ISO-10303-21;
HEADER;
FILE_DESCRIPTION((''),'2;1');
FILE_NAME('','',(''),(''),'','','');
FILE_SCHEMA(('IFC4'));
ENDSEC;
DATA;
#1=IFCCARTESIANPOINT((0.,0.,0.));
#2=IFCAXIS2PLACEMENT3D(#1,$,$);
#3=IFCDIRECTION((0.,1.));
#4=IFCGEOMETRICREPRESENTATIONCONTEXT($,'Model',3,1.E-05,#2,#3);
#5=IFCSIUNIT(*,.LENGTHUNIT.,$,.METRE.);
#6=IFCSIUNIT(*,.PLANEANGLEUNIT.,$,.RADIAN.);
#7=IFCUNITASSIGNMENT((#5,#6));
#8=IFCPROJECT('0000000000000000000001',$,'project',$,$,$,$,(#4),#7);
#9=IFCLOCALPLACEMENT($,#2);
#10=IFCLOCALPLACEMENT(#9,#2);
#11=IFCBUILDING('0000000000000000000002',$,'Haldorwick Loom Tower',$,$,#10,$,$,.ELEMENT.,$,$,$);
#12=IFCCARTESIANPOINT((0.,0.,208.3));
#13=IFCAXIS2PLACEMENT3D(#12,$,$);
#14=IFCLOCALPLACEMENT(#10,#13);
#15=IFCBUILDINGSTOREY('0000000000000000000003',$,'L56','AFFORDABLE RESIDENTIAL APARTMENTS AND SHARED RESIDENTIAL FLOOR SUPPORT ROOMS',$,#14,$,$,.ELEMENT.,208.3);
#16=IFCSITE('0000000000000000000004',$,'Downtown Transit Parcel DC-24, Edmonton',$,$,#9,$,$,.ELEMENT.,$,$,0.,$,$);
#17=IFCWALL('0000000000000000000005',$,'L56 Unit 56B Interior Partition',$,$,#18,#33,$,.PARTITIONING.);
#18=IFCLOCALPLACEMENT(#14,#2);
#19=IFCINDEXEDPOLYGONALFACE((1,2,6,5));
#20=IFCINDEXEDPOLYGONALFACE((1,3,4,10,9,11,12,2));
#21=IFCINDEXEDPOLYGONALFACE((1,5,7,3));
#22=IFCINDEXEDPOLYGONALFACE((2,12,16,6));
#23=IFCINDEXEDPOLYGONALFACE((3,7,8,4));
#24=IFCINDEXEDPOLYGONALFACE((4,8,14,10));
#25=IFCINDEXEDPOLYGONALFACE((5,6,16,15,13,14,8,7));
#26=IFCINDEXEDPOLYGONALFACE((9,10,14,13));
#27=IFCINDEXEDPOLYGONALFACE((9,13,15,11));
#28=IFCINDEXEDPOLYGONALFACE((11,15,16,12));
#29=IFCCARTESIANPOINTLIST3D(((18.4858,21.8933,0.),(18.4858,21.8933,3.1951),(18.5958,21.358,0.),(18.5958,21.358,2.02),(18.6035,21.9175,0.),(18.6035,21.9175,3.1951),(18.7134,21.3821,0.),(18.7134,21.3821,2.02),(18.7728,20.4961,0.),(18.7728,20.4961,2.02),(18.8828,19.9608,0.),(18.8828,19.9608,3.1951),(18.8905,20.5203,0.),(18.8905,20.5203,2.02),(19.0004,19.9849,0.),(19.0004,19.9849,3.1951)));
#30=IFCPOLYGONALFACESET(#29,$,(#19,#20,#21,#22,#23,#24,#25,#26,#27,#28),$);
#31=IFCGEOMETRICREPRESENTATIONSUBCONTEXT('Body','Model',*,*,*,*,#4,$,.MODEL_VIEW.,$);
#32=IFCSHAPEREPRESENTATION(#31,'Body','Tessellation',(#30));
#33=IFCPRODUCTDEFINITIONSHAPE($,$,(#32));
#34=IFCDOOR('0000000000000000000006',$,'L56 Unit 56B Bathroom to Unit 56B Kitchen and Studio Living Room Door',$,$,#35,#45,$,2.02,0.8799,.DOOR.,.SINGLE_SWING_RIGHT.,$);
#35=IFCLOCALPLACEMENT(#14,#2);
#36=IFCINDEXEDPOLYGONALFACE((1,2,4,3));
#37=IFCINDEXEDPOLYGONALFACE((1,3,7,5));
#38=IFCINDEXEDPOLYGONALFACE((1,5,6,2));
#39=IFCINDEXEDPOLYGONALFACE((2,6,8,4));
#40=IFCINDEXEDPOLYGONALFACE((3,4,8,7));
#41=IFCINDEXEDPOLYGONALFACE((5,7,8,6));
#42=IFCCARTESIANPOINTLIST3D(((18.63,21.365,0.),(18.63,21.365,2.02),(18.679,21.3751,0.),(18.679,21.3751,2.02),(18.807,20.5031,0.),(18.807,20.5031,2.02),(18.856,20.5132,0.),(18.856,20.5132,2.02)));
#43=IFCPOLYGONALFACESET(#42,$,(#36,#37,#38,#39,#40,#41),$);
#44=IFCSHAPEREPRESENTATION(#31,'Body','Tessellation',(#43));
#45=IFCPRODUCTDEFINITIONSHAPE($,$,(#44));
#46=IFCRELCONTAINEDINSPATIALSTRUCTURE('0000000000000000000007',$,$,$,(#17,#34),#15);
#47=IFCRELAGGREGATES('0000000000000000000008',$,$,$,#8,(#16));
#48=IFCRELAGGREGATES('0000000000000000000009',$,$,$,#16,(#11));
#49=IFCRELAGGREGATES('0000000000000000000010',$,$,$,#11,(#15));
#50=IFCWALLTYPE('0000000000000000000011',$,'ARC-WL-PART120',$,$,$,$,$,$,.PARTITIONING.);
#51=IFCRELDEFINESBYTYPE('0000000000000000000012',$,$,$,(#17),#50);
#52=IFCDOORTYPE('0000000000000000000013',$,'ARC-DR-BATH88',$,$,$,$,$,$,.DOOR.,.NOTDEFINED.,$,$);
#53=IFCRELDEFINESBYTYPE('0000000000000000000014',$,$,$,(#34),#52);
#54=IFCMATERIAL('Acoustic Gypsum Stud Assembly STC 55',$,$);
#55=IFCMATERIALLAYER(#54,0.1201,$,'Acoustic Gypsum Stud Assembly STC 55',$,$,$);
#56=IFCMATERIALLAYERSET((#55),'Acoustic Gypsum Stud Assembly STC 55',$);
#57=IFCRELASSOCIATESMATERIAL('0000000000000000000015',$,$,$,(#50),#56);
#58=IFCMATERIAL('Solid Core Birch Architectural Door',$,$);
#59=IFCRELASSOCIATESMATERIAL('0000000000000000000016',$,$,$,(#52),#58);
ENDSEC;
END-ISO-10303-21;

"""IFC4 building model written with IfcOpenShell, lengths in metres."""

from ifc_helpers import new_model, si_unit, direction, frame, frame_2d, origin, place, context, subcontext, project, spatial, rectangle, extrude, material, layer, layer_set, type_object, element, fill, save


model = new_model("IFC4")

# Units and contexts
model_context = context("Model", 3, precision=1e-05, world=origin(), true_north=direction((0.0, 1.0)))
body_context = subcontext(model_context, "Body", "Model", "MODEL_VIEW")
ifc_project = project(units=[si_unit("LENGTHUNIT", "METRE"), si_unit("PLANEANGLEUNIT", "RADIAN")], contexts=[model_context])

# Site, building, storey
site_placement = place(None, origin())
site = spatial("IfcSite", under=ifc_project, at=site_placement, Name="Downtown Transit Parcel DC-24, Edmonton", CompositionType="ELEMENT", RefElevation=0.0)
building_placement = place(site_placement, origin())
building = spatial("IfcBuilding", under=site, at=building_placement, Name="Haldorwick Loom Tower", CompositionType="ELEMENT")
storey_placement = place(building_placement, frame((0.0, 0.0, 208.3)))
storey = spatial("IfcBuildingStorey", under=building, at=storey_placement, Name="L56", Description="AFFORDABLE RESIDENTIAL APARTMENTS AND SHARED RESIDENTIAL FLOOR SUPPORT ROOMS", CompositionType="ELEMENT", Elevation=208.3)

# Shared definitions
ifc_material_1 = material(Name="Solid Core Birch Architectural Door")

# Wall, opening, door
ifc_material_2 = material(Name="Acoustic Gypsum Stud Assembly STC 55")
ifc_layer_1 = layer(ifc_material_2, 0.1201, Name="Acoustic Gypsum Stud Assembly STC 55")
ifc_layer_set_1 = layer_set([ifc_layer_1], Name="Acoustic Gypsum Stud Assembly STC 55")
wall_type_1 = type_object("IfcWallType", Name="ARC-WL-PART120", PredefinedType="PARTITIONING", material=ifc_layer_set_1)
wall_1_placement = place(storey_placement, frame((18.5447, 21.9053, 0.0), z_axis=(0.0, 0.0, 1.0), x_axis=(0.201206, -0.979549, 0.0)))
wall_1 = element("IfcWall", 1, at=wall_1_placement, inside=storey, type_object=wall_type_1, Name="L56 Unit 56B Interior Partition", PredefinedType="PARTITIONING", context=body_context, shape_type="SweptSolid", body=[
    extrude(rectangle(XDim=1.9729, YDim=0.1201, at=frame_2d((0.9863, 0.0))), origin(), (0.0, 0.0, 1.0), 3.1951),
])
opening_1_placement = place(wall_1_placement, frame((0.5464, 0.0, 0.0)))
opening_1 = element("IfcOpeningElement", 2, at=opening_1_placement, cuts=wall_1, PredefinedType="OPENING", context=body_context, shape_type="SweptSolid", body=[
    extrude(rectangle(XDim=0.8799, YDim=2.02, at=frame_2d((0.4399, 1.01))), frame((0.0, 0.0701, 0.0), z_axis=(0.0, -1.0, 0.0), x_axis=(1.0, 0.0, 0.0)), (0.0, 0.0, 1.0), 0.1401),
])
door_type_1 = type_object("IfcDoorType", Name="ARC-DR-BATH88", OperationType="NOTDEFINED", PredefinedType="DOOR", material=ifc_material_1)
door_1_placement = place(opening_1_placement, origin())
door_1 = element("IfcDoor", 3, at=door_1_placement, inside=storey, type_object=door_type_1, Name="L56 Unit 56B Bathroom to Unit 56B Kitchen and Studio Living Room Door", OperationType="SINGLE_SWING_RIGHT", OverallHeight=2.02, OverallWidth=0.8799, PredefinedType="DOOR", context=body_context, shape_type="SweptSolid", body=[
    extrude(rectangle(XDim=0.8799, YDim=2.02, at=frame_2d((0.4399, 1.01))), frame((0.0, 0.0249, 0.0), z_axis=(0.0, -1.0, 0.0), x_axis=(1.0, 0.0, 0.0)), (0.0, 0.0, 1.0), 0.05),
])
fill(opening_1, door_1)

save(model, "model.ifc")
